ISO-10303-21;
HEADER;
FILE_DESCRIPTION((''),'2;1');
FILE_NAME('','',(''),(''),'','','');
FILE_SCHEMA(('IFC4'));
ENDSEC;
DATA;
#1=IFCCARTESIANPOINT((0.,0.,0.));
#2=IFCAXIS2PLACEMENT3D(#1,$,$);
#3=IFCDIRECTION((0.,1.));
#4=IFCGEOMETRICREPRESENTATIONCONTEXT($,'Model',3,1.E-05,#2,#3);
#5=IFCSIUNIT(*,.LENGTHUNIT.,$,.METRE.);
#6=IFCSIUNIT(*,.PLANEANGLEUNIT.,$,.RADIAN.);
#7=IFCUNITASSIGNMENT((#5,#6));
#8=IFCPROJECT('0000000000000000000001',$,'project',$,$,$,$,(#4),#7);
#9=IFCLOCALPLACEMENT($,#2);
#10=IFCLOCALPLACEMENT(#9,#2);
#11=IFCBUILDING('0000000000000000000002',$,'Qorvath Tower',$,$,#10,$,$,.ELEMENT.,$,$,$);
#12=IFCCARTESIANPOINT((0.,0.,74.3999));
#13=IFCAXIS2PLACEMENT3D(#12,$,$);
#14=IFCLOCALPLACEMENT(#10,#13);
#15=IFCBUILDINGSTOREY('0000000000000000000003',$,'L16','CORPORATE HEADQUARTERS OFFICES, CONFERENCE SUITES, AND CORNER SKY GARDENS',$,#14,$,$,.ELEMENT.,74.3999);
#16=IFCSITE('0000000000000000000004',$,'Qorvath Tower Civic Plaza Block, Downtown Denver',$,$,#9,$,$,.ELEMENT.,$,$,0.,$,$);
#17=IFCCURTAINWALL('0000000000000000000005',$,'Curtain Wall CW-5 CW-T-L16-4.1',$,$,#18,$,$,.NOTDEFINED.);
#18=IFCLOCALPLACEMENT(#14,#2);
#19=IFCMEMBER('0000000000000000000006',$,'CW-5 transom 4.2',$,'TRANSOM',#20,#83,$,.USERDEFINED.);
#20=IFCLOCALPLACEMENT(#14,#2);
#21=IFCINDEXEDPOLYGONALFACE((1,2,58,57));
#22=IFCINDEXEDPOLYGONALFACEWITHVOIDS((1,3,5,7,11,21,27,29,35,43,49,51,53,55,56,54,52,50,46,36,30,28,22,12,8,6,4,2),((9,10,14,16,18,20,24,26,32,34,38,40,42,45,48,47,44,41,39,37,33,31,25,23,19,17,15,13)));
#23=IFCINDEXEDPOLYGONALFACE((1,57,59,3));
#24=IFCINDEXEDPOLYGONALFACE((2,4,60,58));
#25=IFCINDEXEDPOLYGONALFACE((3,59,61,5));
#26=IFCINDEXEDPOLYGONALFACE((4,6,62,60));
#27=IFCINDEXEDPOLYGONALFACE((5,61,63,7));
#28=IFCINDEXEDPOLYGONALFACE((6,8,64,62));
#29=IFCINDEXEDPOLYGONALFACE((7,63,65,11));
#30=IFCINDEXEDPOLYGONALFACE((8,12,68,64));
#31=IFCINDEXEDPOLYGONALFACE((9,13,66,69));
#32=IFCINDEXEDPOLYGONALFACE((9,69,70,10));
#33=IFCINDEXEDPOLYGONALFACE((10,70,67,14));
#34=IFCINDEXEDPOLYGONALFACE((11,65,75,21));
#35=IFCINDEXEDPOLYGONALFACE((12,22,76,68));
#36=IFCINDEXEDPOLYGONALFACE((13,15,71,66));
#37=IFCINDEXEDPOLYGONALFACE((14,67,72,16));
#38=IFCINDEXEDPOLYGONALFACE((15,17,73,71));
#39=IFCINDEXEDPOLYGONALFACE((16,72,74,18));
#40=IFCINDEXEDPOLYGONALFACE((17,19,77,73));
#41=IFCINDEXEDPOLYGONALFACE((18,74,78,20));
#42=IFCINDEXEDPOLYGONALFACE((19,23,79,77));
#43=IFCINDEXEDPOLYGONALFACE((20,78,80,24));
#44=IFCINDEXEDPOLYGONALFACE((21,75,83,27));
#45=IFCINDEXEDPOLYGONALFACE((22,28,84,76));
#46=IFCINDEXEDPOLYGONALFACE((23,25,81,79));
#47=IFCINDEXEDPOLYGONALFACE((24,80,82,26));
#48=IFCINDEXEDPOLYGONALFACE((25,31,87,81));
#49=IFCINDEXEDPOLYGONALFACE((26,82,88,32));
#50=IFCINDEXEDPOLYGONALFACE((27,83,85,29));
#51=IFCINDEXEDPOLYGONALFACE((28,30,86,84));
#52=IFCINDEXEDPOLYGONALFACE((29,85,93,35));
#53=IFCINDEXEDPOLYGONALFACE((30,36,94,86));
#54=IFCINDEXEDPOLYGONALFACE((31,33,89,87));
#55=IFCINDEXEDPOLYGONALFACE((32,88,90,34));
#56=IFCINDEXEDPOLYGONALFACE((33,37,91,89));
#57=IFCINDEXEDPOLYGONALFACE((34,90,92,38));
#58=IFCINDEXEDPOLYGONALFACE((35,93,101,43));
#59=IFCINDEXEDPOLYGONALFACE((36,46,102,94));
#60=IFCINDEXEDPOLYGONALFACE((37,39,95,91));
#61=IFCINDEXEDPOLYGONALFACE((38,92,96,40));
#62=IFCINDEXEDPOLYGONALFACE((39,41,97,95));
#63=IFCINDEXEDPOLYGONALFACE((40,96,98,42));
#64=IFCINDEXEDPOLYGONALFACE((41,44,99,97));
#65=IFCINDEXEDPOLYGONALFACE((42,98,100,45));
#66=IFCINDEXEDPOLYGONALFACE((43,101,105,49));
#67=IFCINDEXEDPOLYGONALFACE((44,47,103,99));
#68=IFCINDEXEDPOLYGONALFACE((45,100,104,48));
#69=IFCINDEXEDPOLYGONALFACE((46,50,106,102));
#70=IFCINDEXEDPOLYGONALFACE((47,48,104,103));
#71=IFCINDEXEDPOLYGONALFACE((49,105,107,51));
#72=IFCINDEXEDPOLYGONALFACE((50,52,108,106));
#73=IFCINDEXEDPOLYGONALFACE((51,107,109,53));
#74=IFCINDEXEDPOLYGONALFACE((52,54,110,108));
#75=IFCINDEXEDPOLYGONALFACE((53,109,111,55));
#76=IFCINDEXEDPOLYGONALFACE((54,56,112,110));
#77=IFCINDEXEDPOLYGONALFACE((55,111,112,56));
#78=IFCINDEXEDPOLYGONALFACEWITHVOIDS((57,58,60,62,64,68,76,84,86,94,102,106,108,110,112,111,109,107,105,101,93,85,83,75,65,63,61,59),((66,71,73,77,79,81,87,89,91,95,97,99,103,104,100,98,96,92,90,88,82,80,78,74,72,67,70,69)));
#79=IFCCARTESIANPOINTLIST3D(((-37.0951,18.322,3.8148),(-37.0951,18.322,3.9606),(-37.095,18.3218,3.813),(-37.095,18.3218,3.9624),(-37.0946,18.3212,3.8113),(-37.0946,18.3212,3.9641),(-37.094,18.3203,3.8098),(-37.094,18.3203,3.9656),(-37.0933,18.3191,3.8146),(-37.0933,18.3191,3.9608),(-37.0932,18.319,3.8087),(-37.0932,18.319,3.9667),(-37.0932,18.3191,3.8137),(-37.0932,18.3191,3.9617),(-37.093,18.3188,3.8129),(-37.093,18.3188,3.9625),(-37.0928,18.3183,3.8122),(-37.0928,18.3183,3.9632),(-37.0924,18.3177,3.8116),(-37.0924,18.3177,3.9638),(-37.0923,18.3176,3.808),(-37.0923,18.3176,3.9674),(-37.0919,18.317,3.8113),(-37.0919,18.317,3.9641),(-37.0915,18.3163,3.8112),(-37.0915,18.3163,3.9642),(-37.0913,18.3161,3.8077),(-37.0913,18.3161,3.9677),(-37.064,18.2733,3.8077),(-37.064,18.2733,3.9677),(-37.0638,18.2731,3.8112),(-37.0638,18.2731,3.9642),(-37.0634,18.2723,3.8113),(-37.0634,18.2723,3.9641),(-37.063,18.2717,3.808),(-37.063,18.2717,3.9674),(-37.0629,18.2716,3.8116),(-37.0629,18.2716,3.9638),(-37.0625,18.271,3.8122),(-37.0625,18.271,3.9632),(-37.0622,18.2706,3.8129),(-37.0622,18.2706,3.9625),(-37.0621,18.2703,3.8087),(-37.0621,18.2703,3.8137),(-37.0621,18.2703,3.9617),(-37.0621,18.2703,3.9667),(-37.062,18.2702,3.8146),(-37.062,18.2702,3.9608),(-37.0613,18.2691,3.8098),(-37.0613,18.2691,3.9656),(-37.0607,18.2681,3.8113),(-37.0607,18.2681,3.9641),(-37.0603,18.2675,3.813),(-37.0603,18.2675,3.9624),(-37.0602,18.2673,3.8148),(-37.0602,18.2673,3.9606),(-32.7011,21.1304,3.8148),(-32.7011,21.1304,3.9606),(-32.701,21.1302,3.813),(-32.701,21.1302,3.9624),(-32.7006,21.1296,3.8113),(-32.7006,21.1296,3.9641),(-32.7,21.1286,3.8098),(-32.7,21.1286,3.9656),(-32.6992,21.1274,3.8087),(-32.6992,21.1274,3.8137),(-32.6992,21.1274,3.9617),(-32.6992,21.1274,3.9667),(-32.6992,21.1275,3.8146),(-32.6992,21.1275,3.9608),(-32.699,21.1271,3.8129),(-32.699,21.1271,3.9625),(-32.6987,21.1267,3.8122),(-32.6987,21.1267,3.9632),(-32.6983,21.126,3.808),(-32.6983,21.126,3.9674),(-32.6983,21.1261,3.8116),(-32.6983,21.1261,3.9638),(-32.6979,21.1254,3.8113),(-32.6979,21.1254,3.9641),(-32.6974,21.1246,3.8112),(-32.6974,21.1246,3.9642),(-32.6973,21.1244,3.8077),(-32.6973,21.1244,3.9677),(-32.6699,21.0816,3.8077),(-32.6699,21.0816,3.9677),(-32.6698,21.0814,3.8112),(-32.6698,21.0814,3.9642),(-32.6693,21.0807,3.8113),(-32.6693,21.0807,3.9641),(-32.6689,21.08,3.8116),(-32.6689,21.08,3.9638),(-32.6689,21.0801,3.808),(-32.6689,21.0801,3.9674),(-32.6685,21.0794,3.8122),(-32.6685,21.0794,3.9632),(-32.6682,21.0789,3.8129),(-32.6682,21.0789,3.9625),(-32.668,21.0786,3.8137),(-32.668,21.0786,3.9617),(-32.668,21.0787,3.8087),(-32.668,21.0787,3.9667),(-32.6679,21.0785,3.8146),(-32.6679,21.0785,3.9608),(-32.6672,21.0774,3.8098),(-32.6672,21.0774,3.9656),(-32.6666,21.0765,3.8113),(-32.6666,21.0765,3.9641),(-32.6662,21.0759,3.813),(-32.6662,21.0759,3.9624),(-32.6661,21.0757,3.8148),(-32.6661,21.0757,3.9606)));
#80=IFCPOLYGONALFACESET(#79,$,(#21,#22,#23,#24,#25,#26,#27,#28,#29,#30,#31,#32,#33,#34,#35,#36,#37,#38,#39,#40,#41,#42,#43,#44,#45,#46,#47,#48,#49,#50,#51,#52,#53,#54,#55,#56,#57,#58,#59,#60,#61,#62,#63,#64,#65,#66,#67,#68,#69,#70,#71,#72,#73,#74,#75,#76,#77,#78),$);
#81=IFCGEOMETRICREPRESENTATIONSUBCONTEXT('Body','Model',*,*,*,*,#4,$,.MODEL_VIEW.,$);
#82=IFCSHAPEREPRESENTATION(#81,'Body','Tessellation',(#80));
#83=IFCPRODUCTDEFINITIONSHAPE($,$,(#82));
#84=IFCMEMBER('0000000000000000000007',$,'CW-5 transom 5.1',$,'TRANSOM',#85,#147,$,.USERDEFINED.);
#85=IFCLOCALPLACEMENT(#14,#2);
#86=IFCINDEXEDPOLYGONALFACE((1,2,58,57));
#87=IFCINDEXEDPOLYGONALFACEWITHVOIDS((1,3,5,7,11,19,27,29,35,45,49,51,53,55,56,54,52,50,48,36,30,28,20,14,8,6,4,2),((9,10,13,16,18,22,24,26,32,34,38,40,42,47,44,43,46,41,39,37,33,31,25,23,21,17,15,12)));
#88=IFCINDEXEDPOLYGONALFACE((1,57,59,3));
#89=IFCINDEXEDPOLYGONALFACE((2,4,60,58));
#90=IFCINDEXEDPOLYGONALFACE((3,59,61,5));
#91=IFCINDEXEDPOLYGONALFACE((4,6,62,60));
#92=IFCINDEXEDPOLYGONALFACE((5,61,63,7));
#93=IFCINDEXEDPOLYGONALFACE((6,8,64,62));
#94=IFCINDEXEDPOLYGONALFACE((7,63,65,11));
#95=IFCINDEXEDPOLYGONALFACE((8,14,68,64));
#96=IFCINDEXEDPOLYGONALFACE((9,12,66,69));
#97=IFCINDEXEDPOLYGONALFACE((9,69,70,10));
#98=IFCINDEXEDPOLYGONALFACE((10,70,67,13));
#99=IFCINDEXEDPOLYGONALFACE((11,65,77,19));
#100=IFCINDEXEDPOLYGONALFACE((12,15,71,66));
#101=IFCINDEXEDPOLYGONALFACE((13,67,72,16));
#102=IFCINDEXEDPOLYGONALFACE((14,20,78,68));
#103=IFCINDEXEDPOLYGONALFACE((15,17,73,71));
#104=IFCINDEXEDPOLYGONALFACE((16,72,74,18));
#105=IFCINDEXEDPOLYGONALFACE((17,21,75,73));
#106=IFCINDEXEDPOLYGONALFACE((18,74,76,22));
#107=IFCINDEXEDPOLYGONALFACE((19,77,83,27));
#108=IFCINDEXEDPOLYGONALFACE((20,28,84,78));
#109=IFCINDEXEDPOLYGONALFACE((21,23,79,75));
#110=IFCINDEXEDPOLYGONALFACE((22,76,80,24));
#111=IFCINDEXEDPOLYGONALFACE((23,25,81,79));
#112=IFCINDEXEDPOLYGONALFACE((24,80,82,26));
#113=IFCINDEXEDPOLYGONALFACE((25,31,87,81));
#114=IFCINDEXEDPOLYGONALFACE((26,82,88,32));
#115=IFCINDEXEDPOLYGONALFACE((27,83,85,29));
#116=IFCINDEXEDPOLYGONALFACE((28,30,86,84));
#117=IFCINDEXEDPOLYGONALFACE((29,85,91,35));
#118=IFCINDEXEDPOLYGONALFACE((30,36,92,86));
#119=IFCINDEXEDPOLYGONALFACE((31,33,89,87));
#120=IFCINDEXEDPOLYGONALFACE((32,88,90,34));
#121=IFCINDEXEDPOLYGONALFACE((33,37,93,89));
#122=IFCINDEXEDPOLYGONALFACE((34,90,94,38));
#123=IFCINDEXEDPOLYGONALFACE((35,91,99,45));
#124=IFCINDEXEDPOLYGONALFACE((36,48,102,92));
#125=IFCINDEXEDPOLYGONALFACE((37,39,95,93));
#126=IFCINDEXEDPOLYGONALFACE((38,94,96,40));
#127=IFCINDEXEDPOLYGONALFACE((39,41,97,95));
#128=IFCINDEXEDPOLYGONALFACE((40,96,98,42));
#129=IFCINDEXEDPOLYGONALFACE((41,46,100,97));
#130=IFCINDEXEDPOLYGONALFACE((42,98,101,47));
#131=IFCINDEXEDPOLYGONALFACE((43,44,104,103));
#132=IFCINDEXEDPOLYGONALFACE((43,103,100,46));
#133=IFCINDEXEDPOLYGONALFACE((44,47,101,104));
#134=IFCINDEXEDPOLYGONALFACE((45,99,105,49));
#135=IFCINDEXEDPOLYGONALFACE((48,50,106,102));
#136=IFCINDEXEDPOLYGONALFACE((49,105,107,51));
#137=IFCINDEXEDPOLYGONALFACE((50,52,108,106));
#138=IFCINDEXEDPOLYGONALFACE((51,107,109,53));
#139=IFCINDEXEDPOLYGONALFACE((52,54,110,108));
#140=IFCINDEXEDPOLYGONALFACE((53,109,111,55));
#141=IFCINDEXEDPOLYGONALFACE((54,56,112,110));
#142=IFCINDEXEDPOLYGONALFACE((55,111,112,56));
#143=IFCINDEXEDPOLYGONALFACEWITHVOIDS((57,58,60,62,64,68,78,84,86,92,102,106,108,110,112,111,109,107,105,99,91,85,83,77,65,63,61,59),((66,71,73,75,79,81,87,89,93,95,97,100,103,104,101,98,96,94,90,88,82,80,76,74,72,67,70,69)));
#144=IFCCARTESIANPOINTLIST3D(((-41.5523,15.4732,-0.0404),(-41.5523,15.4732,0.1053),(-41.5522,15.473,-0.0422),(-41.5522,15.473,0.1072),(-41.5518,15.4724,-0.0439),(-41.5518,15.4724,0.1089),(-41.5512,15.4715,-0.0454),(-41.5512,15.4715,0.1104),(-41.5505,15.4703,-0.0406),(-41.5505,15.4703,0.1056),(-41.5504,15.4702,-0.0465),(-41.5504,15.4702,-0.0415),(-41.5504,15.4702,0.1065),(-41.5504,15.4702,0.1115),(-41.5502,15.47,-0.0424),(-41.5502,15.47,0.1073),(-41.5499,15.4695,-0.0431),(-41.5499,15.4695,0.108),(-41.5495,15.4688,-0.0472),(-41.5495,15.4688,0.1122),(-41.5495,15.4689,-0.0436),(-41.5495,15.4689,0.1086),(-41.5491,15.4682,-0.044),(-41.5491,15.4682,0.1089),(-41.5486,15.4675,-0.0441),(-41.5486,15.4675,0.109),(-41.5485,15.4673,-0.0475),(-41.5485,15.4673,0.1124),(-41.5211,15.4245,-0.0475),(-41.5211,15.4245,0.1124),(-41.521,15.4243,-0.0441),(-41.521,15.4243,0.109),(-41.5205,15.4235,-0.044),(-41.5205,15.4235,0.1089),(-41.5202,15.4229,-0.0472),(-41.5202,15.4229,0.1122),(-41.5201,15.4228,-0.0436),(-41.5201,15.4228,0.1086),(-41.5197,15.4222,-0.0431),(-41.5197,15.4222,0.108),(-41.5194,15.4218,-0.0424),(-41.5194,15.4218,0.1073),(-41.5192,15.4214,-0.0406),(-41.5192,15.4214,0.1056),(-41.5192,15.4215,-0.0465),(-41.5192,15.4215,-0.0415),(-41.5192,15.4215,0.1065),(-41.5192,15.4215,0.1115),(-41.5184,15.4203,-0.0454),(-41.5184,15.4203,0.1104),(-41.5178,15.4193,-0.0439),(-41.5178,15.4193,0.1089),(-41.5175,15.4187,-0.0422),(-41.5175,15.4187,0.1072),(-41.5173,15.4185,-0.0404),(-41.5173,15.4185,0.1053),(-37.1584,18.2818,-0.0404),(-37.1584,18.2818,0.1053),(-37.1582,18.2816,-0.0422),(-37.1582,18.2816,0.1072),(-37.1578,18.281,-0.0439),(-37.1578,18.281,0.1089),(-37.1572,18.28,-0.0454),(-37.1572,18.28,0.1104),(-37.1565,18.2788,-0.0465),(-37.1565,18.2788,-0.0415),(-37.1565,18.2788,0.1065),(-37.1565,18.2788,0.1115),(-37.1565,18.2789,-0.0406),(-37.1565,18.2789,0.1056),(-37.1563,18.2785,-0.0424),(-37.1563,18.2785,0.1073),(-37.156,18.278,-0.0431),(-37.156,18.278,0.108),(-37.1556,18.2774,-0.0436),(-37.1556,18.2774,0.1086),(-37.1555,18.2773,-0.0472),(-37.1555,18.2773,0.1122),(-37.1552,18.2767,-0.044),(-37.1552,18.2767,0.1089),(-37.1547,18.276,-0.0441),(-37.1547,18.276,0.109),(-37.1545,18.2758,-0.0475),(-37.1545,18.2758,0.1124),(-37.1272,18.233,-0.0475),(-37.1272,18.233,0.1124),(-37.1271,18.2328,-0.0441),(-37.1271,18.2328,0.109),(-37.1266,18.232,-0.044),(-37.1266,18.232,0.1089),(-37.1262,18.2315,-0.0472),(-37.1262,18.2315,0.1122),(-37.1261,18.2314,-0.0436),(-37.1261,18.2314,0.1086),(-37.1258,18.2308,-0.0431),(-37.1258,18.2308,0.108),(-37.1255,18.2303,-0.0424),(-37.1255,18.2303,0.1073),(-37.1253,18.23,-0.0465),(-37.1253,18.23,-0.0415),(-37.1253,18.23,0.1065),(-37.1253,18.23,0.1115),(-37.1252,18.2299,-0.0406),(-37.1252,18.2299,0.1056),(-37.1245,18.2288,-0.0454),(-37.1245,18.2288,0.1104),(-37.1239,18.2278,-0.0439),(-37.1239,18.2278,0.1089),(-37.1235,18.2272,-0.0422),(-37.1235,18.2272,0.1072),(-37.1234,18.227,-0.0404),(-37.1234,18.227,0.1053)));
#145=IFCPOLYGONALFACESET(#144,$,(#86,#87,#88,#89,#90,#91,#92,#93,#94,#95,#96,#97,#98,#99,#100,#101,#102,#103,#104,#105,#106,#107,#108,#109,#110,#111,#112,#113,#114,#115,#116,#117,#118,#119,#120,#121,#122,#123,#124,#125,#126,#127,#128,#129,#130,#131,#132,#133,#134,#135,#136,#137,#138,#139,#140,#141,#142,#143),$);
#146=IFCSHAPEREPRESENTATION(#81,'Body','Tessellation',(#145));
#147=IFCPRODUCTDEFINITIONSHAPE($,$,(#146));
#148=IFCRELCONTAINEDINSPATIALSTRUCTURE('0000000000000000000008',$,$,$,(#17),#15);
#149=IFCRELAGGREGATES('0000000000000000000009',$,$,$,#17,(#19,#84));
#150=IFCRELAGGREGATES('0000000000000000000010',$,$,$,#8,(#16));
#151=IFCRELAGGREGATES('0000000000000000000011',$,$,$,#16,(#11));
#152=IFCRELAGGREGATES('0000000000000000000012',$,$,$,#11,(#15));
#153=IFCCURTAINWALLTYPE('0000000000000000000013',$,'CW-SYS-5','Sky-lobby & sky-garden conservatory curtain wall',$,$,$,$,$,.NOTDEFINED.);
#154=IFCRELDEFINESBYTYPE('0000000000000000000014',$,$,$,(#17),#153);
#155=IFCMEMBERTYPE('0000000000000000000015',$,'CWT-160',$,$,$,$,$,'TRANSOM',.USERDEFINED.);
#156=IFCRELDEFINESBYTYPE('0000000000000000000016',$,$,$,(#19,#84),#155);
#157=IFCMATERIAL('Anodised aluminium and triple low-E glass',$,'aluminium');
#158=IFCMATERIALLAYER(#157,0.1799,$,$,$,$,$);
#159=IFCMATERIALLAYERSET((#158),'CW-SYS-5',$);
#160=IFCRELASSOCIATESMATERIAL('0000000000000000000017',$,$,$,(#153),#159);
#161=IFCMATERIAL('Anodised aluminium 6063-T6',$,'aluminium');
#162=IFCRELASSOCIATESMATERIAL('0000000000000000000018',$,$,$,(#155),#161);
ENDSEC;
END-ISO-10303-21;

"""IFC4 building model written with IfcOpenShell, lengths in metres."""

from ifc_helpers import new_model, si_unit, direction, frame, origin, origin_2d, place, context, subcontext, project, spatial, hollow_rectangle, extrude, material, layer, layer_set, material_profile, profile_set, type_object, element, aggregate, save


model = new_model("IFC4")

# Units and contexts
model_context = context("Model", 3, precision=1e-05, world=origin(), true_north=direction((0.0, 1.0)))
body_context = subcontext(model_context, "Body", "Model", "MODEL_VIEW")
ifc_project = project(units=[si_unit("LENGTHUNIT", "METRE"), si_unit("PLANEANGLEUNIT", "RADIAN")], contexts=[model_context])

# Site, building, storey
site_placement = place(None, origin())
site = spatial("IfcSite", under=ifc_project, at=site_placement, Name="Qorvath Tower Civic Plaza Block, Downtown Denver", CompositionType="ELEMENT", RefElevation=0.0)
building_placement = place(site_placement, origin())
building = spatial("IfcBuilding", under=site, at=building_placement, Name="Qorvath Tower", CompositionType="ELEMENT")
storey_placement = place(building_placement, frame((0.0, 0.0, 74.3999)))
storey = spatial("IfcBuildingStorey", under=building, at=storey_placement, Name="L16", Description="CORPORATE HEADQUARTERS OFFICES, CONFERENCE SUITES, AND CORNER SKY GARDENS", CompositionType="ELEMENT", Elevation=74.3999)

# Curtain wall, members
ifc_material_1 = material(Name="Anodised aluminium and triple low-E glass", Category="aluminium")
ifc_layer_1 = layer(ifc_material_1, 0.1799)
ifc_layer_set_1 = layer_set([ifc_layer_1], Name="CW-SYS-5")
curtain_wall_type = type_object("IfcCurtainWallType", Name="CW-SYS-5", Description="Sky-lobby & sky-garden conservatory curtain wall", PredefinedType="NOTDEFINED", material=ifc_layer_set_1)
curtain_wall_placement = place(storey_placement, origin())
curtain_wall = element("IfcCurtainWall", 1, at=curtain_wall_placement, inside=storey, type_object=curtain_wall_type, Name="Curtain Wall CW-5 CW-T-L16-4.1", PredefinedType="NOTDEFINED")
ifc_material_2 = material(Name="Anodised aluminium 6063-T6", Category="aluminium")
ifc_material_profile_1 = material_profile(ifc_material_2, hollow_rectangle(XDim=0.0649, YDim=0.1599, WallThickness=0.0034, InnerFilletRadius=0.0034, OuterFilletRadius=0.0071, at=origin_2d()), Name="CWT 160x65")
ifc_profile_set_1 = profile_set([ifc_material_profile_1], Name="Anodised aluminium 6063-T6")
member_type_1 = type_object("IfcMemberType", Name="CWT-160", ElementType="TRANSOM", PredefinedType="USERDEFINED", material=ifc_profile_set_1)
member_1_placement = place(storey_placement, frame((-32.6836, 21.103, 3.8877), z_axis=(-0.842605, -0.538531, 0.0), x_axis=(0.538531, -0.842605, 0.0)))
member_1 = element("IfcMember", 2, at=member_1_placement, type_object=member_type_1, Name="CW-5 transom 4.2", ObjectType="TRANSOM", PredefinedType="USERDEFINED", context=body_context, shape_type="SweptSolid", body=[
    extrude(hollow_rectangle(XDim=0.0649, YDim=0.1599, WallThickness=0.0034, InnerFilletRadius=0.0034, OuterFilletRadius=0.0071, at=origin_2d()), origin(), (0.0, 0.0, 1.0), 5.2148),
])
member_2_placement = place(storey_placement, frame((-37.1409, 18.2544, 0.0325), z_axis=(-0.842584, -0.538565, 0.0), x_axis=(0.538565, -0.842584, 0.0)))
member_2 = element("IfcMember", 3, at=member_2_placement, type_object=member_type_1, Name="CW-5 transom 5.1", ObjectType="TRANSOM", PredefinedType="USERDEFINED", context=body_context, shape_type="SweptSolid", body=[
    extrude(hollow_rectangle(XDim=0.0649, YDim=0.1599, WallThickness=0.0034, InnerFilletRadius=0.0034, OuterFilletRadius=0.0071, at=origin_2d()), origin(), (0.0, 0.0, 1.0), 5.2148),
])
aggregate(curtain_wall, [member_1, member_2])

save(model, "model.ifc")
